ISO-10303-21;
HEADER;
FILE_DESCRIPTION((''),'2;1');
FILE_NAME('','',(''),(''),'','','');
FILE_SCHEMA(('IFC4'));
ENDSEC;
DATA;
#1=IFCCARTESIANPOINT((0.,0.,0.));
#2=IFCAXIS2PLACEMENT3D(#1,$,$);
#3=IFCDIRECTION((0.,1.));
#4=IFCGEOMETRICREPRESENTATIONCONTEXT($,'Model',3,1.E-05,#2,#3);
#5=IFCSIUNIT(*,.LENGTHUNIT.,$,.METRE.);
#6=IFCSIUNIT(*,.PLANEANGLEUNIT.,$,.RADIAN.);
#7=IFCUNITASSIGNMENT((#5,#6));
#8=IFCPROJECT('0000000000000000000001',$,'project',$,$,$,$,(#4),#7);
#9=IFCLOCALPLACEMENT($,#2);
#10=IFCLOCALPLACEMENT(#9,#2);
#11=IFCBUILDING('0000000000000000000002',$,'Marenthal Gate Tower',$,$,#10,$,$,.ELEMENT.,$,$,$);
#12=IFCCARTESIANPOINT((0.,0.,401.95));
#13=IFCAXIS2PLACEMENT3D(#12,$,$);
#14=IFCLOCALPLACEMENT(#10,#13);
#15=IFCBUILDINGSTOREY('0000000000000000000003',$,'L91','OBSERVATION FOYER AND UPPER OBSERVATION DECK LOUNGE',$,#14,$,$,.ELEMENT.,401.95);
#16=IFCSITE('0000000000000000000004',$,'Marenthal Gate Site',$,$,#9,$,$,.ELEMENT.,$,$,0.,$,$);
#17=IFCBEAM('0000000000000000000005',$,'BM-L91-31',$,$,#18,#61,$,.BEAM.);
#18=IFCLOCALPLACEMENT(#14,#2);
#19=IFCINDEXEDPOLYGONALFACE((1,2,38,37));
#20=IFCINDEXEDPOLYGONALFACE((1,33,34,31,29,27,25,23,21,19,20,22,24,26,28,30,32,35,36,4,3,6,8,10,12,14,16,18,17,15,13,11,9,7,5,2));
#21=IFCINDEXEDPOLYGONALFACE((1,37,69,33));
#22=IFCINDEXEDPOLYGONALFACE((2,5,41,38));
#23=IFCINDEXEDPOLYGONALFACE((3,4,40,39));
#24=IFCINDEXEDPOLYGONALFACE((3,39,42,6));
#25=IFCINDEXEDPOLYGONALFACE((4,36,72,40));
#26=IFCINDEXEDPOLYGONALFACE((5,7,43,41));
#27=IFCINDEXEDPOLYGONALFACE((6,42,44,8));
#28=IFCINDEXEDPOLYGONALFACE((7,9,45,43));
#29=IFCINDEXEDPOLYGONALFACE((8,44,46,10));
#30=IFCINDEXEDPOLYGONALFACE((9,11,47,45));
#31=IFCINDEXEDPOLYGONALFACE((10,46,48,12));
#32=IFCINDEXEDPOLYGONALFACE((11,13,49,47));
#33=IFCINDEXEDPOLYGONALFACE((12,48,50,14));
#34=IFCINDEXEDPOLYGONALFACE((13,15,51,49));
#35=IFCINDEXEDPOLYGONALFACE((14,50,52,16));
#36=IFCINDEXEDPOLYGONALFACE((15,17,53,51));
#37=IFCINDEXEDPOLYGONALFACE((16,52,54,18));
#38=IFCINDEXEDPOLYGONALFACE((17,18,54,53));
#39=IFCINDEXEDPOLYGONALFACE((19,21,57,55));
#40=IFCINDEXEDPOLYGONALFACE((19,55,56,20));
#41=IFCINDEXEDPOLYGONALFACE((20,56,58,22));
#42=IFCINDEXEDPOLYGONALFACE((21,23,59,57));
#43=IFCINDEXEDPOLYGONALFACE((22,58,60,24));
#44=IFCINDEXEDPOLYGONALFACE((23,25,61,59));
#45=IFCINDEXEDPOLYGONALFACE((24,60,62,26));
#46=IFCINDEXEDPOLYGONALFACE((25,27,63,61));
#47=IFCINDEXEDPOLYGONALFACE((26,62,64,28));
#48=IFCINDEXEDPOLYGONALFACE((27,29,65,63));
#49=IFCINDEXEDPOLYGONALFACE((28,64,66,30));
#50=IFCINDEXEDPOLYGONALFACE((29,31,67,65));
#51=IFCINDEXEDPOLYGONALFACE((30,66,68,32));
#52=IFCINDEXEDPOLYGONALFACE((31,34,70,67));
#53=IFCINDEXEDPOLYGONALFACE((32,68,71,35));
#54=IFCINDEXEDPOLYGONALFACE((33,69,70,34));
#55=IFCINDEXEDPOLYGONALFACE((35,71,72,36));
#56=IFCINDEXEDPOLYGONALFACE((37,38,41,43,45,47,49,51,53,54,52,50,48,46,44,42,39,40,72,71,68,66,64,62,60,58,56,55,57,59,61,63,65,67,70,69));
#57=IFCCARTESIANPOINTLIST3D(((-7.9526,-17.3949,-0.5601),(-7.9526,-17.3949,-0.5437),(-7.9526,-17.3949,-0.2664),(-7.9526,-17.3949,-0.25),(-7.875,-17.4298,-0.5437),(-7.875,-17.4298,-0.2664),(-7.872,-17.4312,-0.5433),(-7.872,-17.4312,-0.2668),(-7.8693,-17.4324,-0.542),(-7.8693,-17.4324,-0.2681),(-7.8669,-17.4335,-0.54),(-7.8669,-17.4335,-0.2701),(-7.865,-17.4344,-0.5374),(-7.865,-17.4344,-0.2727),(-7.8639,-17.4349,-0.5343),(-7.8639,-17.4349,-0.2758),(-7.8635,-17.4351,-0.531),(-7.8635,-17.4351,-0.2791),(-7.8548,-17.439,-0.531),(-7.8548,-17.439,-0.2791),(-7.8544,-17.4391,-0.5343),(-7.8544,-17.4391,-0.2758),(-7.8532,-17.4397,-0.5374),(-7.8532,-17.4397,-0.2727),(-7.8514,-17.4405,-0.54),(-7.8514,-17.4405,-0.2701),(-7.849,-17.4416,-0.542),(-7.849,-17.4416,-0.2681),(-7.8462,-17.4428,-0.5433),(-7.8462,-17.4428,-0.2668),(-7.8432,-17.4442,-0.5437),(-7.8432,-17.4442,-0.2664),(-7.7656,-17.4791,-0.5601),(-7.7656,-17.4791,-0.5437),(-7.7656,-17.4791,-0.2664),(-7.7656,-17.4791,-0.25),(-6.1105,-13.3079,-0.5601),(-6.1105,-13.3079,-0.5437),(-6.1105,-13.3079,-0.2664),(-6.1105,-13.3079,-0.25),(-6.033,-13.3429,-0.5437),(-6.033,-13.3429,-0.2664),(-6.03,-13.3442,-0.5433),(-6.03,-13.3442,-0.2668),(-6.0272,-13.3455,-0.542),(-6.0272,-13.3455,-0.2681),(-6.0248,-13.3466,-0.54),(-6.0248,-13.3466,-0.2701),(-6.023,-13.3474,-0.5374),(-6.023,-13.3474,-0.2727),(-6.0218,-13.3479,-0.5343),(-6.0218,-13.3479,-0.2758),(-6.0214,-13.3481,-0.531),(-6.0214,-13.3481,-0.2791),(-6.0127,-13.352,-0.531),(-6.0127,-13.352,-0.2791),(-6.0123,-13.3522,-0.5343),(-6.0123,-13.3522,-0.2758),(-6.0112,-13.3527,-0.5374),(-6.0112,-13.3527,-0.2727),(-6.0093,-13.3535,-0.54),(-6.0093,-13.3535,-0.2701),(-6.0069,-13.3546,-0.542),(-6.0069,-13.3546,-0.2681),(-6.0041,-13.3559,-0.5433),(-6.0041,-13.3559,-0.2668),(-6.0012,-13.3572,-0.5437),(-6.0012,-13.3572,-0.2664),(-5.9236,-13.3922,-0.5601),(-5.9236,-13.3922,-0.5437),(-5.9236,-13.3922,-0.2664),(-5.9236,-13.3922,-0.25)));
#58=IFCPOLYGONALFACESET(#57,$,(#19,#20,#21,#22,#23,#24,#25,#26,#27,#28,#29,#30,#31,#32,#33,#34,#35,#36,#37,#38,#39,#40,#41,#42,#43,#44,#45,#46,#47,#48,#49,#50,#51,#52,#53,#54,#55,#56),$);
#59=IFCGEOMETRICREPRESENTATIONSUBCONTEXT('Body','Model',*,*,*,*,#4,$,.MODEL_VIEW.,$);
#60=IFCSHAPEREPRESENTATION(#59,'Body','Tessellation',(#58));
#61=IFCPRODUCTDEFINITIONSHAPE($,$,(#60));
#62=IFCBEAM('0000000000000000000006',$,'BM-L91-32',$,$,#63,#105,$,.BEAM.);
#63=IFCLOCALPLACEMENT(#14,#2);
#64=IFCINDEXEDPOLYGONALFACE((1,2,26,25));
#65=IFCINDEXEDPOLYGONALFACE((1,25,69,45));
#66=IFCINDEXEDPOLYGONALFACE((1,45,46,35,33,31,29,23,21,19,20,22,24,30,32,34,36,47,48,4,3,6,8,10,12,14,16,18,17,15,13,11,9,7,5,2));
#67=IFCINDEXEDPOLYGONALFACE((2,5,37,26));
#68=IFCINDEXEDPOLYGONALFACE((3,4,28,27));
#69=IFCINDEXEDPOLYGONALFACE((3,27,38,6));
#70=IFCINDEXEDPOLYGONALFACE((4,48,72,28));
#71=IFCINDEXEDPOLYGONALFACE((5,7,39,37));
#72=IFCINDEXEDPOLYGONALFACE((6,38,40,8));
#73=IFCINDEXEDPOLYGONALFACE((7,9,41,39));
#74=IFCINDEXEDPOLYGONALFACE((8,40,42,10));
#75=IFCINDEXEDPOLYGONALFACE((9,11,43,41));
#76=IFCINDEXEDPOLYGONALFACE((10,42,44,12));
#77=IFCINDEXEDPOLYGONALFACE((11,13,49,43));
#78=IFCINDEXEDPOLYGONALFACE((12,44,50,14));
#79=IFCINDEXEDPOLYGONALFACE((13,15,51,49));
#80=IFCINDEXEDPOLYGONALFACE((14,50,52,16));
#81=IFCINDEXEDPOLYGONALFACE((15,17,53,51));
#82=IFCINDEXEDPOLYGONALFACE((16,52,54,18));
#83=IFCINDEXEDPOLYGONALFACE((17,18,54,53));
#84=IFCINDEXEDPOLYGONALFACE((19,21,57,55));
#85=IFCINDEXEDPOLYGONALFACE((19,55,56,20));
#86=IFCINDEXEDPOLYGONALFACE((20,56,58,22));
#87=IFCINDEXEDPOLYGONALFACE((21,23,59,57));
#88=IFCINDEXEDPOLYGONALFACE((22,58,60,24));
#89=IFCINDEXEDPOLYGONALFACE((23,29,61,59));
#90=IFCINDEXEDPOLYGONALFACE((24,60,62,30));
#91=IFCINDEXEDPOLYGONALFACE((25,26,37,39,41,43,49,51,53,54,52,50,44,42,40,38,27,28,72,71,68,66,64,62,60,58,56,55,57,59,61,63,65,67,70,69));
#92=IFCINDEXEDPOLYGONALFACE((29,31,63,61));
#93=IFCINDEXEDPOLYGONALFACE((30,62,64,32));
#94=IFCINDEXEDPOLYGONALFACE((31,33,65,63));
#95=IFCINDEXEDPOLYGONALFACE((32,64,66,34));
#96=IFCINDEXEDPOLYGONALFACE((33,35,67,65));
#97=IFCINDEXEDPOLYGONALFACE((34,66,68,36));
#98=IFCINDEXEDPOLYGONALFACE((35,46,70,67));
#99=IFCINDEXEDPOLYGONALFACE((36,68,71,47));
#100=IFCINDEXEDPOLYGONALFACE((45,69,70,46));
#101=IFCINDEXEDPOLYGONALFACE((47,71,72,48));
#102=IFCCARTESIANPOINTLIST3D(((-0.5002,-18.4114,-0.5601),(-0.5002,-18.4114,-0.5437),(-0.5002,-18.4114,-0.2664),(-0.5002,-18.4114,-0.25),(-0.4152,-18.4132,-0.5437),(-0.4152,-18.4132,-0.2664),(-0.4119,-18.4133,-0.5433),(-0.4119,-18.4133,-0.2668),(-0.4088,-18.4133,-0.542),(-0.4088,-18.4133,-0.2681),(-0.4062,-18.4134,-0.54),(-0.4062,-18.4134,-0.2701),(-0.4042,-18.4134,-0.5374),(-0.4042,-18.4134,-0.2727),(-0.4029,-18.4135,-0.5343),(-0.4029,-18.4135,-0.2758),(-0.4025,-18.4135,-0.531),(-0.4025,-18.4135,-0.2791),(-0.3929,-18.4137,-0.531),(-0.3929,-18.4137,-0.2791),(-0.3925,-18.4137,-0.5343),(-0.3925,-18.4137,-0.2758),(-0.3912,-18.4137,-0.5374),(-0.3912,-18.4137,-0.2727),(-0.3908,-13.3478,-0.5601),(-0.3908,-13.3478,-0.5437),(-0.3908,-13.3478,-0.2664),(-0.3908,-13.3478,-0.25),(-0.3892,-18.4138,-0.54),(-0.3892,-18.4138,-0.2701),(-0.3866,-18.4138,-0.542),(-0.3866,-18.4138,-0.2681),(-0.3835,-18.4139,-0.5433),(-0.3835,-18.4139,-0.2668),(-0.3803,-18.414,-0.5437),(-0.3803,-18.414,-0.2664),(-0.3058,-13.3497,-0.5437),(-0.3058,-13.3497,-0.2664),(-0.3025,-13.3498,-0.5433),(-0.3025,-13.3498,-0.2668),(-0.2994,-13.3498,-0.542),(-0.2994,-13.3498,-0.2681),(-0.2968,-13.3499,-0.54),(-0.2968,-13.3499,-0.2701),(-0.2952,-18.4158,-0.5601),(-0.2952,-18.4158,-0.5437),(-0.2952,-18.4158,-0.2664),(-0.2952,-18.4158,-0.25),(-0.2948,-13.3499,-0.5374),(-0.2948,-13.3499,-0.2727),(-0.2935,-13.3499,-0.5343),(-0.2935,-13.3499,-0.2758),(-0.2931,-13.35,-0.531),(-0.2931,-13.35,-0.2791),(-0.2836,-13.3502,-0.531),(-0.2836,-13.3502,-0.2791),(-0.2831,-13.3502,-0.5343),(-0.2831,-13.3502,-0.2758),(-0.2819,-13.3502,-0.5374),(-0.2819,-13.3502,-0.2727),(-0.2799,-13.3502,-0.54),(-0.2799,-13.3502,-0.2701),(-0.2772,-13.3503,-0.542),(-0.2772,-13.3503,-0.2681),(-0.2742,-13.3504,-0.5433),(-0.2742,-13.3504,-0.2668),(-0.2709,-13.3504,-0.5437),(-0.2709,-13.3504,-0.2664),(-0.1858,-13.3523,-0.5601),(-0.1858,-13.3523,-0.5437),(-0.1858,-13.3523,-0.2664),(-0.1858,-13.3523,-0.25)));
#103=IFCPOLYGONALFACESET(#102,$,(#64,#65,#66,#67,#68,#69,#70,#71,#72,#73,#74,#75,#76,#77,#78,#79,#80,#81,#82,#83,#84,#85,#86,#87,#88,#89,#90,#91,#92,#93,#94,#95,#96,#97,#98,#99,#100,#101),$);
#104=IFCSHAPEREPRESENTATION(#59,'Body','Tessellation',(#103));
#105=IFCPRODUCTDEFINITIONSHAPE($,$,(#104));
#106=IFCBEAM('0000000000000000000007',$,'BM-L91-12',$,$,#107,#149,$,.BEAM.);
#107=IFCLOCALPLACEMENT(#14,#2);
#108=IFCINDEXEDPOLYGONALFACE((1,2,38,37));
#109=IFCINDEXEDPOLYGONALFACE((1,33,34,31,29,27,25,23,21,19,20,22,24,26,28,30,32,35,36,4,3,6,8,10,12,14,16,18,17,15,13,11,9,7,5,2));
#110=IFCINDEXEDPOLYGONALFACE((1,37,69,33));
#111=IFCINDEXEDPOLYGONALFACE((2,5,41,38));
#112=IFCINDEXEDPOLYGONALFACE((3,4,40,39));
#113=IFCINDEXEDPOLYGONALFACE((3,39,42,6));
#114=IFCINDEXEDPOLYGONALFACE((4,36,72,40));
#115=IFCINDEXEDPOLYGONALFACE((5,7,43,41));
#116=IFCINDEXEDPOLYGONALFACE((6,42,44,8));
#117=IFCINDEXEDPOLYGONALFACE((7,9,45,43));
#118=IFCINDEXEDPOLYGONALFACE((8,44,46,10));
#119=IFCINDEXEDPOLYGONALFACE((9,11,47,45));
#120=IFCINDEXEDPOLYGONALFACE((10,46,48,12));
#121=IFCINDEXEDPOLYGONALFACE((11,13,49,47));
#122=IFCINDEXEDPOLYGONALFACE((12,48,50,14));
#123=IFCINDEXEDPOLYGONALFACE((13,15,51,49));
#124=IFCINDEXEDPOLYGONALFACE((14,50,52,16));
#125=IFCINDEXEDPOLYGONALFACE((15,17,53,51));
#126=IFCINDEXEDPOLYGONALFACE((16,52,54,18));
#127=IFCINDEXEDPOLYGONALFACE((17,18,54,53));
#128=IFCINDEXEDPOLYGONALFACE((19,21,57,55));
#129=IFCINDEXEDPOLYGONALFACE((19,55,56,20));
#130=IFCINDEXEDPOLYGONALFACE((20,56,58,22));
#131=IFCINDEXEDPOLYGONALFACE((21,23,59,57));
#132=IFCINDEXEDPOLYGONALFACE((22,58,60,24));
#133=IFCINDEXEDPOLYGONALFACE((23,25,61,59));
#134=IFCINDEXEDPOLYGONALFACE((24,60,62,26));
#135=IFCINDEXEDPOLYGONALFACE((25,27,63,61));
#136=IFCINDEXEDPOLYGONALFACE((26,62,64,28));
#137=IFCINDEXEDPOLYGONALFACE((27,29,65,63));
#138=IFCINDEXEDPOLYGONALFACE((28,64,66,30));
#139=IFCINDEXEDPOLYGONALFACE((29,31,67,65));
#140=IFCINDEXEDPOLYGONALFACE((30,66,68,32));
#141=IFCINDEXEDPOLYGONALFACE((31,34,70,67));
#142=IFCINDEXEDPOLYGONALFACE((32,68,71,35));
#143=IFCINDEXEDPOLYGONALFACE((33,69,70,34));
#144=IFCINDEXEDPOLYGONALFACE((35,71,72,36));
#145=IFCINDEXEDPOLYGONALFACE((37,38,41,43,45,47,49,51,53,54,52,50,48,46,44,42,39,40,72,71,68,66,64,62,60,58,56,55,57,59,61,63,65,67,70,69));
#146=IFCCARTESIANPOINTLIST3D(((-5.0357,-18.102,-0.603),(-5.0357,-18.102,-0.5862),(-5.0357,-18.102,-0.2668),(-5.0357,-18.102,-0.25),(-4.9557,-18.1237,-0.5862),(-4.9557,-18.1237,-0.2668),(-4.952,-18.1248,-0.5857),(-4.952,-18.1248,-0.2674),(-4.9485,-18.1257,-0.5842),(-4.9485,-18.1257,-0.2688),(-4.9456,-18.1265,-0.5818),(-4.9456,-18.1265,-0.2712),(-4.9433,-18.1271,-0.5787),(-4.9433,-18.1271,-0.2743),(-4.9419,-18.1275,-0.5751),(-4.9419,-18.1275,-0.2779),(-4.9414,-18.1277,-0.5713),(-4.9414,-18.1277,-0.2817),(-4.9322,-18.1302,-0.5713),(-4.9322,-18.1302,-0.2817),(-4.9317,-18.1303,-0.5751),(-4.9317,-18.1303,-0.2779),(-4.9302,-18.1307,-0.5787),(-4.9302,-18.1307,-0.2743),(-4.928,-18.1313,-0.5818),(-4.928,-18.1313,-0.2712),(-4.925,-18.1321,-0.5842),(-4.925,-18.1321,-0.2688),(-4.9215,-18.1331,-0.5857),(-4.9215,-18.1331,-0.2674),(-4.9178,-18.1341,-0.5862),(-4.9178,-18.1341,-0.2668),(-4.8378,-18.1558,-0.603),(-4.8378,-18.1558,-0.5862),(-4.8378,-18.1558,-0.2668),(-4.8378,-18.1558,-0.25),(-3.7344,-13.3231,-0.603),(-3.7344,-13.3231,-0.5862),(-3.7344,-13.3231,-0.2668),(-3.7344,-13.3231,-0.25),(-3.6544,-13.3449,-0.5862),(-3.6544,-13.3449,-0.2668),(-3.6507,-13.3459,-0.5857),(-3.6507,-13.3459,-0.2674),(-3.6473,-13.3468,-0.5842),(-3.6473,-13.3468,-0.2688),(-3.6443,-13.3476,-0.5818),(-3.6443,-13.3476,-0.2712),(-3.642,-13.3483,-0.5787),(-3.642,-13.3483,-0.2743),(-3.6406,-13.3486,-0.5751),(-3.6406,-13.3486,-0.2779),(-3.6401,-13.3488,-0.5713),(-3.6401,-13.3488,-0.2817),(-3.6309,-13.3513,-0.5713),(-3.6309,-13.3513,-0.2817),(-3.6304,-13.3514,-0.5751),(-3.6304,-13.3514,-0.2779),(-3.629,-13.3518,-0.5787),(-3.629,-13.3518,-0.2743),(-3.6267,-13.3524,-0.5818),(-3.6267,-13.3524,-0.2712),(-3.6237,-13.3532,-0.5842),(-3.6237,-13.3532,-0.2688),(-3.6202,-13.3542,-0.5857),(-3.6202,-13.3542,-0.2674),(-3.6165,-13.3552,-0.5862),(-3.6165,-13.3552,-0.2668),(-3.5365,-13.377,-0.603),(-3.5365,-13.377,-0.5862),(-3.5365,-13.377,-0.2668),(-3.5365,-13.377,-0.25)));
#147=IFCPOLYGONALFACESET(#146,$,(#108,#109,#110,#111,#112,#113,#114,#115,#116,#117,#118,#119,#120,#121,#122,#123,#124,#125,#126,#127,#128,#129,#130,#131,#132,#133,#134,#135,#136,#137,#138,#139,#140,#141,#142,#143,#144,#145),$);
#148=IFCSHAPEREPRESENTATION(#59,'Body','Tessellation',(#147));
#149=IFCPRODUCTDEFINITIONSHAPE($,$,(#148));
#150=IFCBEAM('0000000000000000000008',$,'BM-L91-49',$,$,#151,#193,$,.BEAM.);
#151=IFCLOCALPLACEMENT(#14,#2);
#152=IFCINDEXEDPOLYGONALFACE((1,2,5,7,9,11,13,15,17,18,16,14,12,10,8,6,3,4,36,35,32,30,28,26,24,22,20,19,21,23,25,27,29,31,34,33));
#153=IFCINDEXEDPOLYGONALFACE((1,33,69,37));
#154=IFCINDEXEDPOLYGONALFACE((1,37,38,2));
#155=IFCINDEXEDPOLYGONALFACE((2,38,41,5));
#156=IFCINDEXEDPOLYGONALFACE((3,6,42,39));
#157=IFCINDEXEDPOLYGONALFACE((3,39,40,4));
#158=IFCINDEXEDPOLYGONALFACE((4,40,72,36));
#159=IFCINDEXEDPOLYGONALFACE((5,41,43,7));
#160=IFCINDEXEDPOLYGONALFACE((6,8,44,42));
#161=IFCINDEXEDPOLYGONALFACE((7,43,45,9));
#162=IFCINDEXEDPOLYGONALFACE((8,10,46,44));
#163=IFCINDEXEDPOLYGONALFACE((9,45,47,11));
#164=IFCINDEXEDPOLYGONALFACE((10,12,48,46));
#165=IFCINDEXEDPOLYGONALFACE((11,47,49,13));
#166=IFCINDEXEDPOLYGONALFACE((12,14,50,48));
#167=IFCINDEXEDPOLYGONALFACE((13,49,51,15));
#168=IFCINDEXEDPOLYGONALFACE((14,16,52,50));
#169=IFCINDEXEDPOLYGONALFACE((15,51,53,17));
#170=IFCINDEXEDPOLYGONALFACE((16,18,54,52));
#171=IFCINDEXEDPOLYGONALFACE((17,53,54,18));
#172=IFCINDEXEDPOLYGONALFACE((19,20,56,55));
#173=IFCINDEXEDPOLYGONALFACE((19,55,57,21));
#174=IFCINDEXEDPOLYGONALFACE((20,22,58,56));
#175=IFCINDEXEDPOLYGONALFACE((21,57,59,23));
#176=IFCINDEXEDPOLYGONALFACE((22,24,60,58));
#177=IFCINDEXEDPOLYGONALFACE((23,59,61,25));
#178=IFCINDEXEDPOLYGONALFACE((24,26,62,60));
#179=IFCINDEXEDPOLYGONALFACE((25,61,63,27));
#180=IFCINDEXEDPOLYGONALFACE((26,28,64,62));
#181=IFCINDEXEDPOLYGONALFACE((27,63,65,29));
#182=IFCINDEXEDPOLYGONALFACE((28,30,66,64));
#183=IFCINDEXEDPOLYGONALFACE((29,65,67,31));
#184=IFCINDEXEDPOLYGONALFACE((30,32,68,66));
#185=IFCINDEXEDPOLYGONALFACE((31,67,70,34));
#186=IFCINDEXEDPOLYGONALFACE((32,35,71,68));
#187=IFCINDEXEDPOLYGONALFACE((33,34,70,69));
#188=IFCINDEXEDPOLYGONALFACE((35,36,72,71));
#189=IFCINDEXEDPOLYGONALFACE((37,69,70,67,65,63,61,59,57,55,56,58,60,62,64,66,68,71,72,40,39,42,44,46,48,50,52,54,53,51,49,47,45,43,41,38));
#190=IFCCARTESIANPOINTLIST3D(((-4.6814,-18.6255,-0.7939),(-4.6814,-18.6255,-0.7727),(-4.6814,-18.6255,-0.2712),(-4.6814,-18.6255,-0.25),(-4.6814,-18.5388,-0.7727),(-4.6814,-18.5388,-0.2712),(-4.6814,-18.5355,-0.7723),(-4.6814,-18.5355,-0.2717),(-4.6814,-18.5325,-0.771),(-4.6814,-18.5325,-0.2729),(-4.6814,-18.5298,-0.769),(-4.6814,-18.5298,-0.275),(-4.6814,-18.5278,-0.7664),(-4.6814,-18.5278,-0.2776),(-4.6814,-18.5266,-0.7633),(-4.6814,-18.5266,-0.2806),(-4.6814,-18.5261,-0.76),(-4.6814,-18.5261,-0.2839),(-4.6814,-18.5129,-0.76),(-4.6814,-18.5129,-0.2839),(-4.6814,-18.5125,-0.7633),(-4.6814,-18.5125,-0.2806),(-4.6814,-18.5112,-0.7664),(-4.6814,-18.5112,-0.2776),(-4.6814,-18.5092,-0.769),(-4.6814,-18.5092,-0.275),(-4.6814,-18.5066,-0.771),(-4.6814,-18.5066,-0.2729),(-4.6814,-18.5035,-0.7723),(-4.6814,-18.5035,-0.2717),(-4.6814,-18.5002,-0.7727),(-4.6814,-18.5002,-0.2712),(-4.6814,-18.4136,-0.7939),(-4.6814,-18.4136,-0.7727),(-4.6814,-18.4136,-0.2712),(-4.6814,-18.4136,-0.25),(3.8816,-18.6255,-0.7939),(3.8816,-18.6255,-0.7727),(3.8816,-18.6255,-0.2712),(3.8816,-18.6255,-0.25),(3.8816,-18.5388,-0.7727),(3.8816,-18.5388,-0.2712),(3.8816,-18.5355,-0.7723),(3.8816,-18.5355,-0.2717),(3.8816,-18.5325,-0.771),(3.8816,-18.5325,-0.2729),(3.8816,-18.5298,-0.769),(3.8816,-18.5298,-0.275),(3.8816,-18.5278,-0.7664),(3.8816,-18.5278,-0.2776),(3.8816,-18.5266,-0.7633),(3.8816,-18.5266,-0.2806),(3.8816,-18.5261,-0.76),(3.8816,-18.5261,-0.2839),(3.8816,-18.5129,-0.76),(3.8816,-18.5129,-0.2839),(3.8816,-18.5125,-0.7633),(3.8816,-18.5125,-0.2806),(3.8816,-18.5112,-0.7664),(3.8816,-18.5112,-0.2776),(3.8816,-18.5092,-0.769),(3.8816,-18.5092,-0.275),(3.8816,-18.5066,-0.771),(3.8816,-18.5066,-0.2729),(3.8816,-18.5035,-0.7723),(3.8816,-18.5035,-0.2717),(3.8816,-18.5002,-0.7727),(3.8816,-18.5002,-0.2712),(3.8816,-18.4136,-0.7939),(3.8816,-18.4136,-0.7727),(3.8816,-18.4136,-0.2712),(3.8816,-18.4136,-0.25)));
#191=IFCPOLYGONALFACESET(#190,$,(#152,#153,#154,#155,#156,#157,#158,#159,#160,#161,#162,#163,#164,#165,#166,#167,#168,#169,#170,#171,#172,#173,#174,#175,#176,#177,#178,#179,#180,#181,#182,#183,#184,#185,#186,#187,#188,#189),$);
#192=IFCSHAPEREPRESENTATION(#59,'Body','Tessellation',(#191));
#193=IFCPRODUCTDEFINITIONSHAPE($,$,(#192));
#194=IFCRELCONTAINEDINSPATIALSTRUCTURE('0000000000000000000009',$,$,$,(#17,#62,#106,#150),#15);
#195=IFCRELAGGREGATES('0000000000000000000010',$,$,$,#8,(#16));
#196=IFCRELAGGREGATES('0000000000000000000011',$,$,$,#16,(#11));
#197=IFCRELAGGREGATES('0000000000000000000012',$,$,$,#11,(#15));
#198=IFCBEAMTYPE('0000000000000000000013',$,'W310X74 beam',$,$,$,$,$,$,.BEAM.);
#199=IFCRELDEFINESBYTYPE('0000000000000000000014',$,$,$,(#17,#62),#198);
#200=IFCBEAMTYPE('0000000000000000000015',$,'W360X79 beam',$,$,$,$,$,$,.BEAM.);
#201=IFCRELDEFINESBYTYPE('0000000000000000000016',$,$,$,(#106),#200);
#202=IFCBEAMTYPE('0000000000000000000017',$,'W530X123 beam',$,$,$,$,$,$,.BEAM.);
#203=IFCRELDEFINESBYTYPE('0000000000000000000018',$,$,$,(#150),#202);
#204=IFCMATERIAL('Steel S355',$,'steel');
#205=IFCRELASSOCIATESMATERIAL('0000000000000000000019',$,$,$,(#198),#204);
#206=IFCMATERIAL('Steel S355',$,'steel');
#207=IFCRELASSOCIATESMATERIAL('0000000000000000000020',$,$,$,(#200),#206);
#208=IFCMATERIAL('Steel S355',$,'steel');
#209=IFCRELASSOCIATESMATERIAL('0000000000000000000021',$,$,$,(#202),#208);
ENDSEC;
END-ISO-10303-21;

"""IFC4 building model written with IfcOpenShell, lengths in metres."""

from ifc_helpers import new_model, si_unit, direction, frame, origin, origin_2d, place, context, subcontext, project, spatial, i_section, extrude, material, material_profile, profile_set, type_object, element, save


model = new_model("IFC4")

# Units and contexts
model_context = context("Model", 3, precision=1e-05, world=origin(), true_north=direction((0.0, 1.0)))
body_context = subcontext(model_context, "Body", "Model", "MODEL_VIEW")
ifc_project = project(units=[si_unit("LENGTHUNIT", "METRE"), si_unit("PLANEANGLEUNIT", "RADIAN")], contexts=[model_context])

# Site, building, storey
site_placement = place(None, origin())
site = spatial("IfcSite", under=ifc_project, at=site_placement, Name="Marenthal Gate Site", CompositionType="ELEMENT", RefElevation=0.0)
building_placement = place(site_placement, origin())
building = spatial("IfcBuilding", under=site, at=building_placement, Name="Marenthal Gate Tower", CompositionType="ELEMENT")
storey_placement = place(building_placement, frame((0.0, 0.0, 401.95)))
storey = spatial("IfcBuildingStorey", under=building, at=storey_placement, Name="L91", Description="OBSERVATION FOYER AND UPPER OBSERVATION DECK LOUNGE", CompositionType="ELEMENT", Elevation=401.95)

# Beams
ifc_material_1 = material(Name="Steel S355", Category="steel")
ifc_material_profile_1 = material_profile(ifc_material_1, i_section(OverallWidth=0.2051, OverallDepth=0.3101, WebThickness=0.0095, FlangeThickness=0.0164, FilletRadius=0.0127, at=origin_2d()), Name="W310X74")
ifc_profile_set_1 = profile_set([ifc_material_profile_1], Name="Steel S355")
beam_type_1 = type_object("IfcBeamType", Name="W310X74 beam", PredefinedType="BEAM", material=ifc_profile_set_1)
beam_1_placement = place(storey_placement, frame((-7.8591, -17.437, -0.405), z_axis=(0.410908, 0.911677, 0.0), x_axis=(-0.911677, 0.410908, 0.0)))
element("IfcBeam", 1, at=beam_1_placement, inside=storey, type_object=beam_type_1, Name="BM-L91-31", PredefinedType="BEAM", context=body_context, shape_type="SweptSolid", body=[
    extrude(i_section(OverallWidth=0.2051, OverallDepth=0.3101, WebThickness=0.0095, FlangeThickness=0.0164, FilletRadius=0.0127, at=origin_2d()), origin(), (0.0, 0.0, 1.0), 4.4829),
])
beam_2_placement = place(storey_placement, frame((-0.3977, -18.4136, -0.405), z_axis=(0.021596, 0.999767, 0.0), x_axis=(-0.999767, 0.021596, 0.0)))
element("IfcBeam", 2, at=beam_2_placement, inside=storey, type_object=beam_type_1, Name="BM-L91-32", PredefinedType="BEAM", context=body_context, shape_type="SweptSolid", body=[
    extrude(i_section(OverallWidth=0.2051, OverallDepth=0.3101, WebThickness=0.0095, FlangeThickness=0.0164, FilletRadius=0.0127, at=origin_2d()), origin(), (0.0, 0.0, 1.0), 5.0647),
])
ifc_material_2 = material(Name="Steel S355", Category="steel")
ifc_material_profile_2 = material_profile(ifc_material_2, i_section(OverallWidth=0.2051, OverallDepth=0.353, WebThickness=0.0095, FlangeThickness=0.0168, FilletRadius=0.0149, at=origin_2d()), Name="W360X79")
ifc_profile_set_2 = profile_set([ifc_material_profile_2], Name="Steel S355")
beam_type_2 = type_object("IfcBeamType", Name="W360X79 beam", PredefinedType="BEAM", material=ifc_profile_set_2)
beam_3_placement = place(storey_placement, frame((-4.9368, -18.1289, -0.4265), z_axis=(0.262734, 0.964868, 0.0), x_axis=(-0.964868, 0.262734, 0.0)))
element("IfcBeam", 3, at=beam_3_placement, inside=storey, type_object=beam_type_2, Name="BM-L91-12", PredefinedType="BEAM", context=body_context, shape_type="SweptSolid", body=[
    extrude(i_section(OverallWidth=0.2051, OverallDepth=0.353, WebThickness=0.0095, FlangeThickness=0.0168, FilletRadius=0.0149, at=origin_2d()), origin(), (0.0, 0.0, 1.0), 4.9529),
])
ifc_material_3 = material(Name="Steel S355", Category="steel")
ifc_material_profile_3 = material_profile(ifc_material_3, i_section(OverallWidth=0.2119, OverallDepth=0.5439, WebThickness=0.0132, FlangeThickness=0.0212, FilletRadius=0.0127, at=origin_2d()), Name="W530X123")
ifc_profile_set_3 = profile_set([ifc_material_profile_3], Name="Steel S355")
beam_type_3 = type_object("IfcBeamType", Name="W530X123 beam", PredefinedType="BEAM", material=ifc_profile_set_3)
beam_4_placement = place(storey_placement, frame((-4.6814, -18.5195, -0.522), z_axis=(1.0, 0.0, 0.0), x_axis=(0.0, 1.0, 0.0)))
element("IfcBeam", 4, at=beam_4_placement, inside=storey, type_object=beam_type_3, Name="BM-L91-49", PredefinedType="BEAM", context=body_context, shape_type="SweptSolid", body=[
    extrude(i_section(OverallWidth=0.2119, OverallDepth=0.5439, WebThickness=0.0132, FlangeThickness=0.0212, FilletRadius=0.0127, at=origin_2d()), origin(), (0.0, 0.0, 1.0), 8.563),
])

save(model, "model.ifc")
